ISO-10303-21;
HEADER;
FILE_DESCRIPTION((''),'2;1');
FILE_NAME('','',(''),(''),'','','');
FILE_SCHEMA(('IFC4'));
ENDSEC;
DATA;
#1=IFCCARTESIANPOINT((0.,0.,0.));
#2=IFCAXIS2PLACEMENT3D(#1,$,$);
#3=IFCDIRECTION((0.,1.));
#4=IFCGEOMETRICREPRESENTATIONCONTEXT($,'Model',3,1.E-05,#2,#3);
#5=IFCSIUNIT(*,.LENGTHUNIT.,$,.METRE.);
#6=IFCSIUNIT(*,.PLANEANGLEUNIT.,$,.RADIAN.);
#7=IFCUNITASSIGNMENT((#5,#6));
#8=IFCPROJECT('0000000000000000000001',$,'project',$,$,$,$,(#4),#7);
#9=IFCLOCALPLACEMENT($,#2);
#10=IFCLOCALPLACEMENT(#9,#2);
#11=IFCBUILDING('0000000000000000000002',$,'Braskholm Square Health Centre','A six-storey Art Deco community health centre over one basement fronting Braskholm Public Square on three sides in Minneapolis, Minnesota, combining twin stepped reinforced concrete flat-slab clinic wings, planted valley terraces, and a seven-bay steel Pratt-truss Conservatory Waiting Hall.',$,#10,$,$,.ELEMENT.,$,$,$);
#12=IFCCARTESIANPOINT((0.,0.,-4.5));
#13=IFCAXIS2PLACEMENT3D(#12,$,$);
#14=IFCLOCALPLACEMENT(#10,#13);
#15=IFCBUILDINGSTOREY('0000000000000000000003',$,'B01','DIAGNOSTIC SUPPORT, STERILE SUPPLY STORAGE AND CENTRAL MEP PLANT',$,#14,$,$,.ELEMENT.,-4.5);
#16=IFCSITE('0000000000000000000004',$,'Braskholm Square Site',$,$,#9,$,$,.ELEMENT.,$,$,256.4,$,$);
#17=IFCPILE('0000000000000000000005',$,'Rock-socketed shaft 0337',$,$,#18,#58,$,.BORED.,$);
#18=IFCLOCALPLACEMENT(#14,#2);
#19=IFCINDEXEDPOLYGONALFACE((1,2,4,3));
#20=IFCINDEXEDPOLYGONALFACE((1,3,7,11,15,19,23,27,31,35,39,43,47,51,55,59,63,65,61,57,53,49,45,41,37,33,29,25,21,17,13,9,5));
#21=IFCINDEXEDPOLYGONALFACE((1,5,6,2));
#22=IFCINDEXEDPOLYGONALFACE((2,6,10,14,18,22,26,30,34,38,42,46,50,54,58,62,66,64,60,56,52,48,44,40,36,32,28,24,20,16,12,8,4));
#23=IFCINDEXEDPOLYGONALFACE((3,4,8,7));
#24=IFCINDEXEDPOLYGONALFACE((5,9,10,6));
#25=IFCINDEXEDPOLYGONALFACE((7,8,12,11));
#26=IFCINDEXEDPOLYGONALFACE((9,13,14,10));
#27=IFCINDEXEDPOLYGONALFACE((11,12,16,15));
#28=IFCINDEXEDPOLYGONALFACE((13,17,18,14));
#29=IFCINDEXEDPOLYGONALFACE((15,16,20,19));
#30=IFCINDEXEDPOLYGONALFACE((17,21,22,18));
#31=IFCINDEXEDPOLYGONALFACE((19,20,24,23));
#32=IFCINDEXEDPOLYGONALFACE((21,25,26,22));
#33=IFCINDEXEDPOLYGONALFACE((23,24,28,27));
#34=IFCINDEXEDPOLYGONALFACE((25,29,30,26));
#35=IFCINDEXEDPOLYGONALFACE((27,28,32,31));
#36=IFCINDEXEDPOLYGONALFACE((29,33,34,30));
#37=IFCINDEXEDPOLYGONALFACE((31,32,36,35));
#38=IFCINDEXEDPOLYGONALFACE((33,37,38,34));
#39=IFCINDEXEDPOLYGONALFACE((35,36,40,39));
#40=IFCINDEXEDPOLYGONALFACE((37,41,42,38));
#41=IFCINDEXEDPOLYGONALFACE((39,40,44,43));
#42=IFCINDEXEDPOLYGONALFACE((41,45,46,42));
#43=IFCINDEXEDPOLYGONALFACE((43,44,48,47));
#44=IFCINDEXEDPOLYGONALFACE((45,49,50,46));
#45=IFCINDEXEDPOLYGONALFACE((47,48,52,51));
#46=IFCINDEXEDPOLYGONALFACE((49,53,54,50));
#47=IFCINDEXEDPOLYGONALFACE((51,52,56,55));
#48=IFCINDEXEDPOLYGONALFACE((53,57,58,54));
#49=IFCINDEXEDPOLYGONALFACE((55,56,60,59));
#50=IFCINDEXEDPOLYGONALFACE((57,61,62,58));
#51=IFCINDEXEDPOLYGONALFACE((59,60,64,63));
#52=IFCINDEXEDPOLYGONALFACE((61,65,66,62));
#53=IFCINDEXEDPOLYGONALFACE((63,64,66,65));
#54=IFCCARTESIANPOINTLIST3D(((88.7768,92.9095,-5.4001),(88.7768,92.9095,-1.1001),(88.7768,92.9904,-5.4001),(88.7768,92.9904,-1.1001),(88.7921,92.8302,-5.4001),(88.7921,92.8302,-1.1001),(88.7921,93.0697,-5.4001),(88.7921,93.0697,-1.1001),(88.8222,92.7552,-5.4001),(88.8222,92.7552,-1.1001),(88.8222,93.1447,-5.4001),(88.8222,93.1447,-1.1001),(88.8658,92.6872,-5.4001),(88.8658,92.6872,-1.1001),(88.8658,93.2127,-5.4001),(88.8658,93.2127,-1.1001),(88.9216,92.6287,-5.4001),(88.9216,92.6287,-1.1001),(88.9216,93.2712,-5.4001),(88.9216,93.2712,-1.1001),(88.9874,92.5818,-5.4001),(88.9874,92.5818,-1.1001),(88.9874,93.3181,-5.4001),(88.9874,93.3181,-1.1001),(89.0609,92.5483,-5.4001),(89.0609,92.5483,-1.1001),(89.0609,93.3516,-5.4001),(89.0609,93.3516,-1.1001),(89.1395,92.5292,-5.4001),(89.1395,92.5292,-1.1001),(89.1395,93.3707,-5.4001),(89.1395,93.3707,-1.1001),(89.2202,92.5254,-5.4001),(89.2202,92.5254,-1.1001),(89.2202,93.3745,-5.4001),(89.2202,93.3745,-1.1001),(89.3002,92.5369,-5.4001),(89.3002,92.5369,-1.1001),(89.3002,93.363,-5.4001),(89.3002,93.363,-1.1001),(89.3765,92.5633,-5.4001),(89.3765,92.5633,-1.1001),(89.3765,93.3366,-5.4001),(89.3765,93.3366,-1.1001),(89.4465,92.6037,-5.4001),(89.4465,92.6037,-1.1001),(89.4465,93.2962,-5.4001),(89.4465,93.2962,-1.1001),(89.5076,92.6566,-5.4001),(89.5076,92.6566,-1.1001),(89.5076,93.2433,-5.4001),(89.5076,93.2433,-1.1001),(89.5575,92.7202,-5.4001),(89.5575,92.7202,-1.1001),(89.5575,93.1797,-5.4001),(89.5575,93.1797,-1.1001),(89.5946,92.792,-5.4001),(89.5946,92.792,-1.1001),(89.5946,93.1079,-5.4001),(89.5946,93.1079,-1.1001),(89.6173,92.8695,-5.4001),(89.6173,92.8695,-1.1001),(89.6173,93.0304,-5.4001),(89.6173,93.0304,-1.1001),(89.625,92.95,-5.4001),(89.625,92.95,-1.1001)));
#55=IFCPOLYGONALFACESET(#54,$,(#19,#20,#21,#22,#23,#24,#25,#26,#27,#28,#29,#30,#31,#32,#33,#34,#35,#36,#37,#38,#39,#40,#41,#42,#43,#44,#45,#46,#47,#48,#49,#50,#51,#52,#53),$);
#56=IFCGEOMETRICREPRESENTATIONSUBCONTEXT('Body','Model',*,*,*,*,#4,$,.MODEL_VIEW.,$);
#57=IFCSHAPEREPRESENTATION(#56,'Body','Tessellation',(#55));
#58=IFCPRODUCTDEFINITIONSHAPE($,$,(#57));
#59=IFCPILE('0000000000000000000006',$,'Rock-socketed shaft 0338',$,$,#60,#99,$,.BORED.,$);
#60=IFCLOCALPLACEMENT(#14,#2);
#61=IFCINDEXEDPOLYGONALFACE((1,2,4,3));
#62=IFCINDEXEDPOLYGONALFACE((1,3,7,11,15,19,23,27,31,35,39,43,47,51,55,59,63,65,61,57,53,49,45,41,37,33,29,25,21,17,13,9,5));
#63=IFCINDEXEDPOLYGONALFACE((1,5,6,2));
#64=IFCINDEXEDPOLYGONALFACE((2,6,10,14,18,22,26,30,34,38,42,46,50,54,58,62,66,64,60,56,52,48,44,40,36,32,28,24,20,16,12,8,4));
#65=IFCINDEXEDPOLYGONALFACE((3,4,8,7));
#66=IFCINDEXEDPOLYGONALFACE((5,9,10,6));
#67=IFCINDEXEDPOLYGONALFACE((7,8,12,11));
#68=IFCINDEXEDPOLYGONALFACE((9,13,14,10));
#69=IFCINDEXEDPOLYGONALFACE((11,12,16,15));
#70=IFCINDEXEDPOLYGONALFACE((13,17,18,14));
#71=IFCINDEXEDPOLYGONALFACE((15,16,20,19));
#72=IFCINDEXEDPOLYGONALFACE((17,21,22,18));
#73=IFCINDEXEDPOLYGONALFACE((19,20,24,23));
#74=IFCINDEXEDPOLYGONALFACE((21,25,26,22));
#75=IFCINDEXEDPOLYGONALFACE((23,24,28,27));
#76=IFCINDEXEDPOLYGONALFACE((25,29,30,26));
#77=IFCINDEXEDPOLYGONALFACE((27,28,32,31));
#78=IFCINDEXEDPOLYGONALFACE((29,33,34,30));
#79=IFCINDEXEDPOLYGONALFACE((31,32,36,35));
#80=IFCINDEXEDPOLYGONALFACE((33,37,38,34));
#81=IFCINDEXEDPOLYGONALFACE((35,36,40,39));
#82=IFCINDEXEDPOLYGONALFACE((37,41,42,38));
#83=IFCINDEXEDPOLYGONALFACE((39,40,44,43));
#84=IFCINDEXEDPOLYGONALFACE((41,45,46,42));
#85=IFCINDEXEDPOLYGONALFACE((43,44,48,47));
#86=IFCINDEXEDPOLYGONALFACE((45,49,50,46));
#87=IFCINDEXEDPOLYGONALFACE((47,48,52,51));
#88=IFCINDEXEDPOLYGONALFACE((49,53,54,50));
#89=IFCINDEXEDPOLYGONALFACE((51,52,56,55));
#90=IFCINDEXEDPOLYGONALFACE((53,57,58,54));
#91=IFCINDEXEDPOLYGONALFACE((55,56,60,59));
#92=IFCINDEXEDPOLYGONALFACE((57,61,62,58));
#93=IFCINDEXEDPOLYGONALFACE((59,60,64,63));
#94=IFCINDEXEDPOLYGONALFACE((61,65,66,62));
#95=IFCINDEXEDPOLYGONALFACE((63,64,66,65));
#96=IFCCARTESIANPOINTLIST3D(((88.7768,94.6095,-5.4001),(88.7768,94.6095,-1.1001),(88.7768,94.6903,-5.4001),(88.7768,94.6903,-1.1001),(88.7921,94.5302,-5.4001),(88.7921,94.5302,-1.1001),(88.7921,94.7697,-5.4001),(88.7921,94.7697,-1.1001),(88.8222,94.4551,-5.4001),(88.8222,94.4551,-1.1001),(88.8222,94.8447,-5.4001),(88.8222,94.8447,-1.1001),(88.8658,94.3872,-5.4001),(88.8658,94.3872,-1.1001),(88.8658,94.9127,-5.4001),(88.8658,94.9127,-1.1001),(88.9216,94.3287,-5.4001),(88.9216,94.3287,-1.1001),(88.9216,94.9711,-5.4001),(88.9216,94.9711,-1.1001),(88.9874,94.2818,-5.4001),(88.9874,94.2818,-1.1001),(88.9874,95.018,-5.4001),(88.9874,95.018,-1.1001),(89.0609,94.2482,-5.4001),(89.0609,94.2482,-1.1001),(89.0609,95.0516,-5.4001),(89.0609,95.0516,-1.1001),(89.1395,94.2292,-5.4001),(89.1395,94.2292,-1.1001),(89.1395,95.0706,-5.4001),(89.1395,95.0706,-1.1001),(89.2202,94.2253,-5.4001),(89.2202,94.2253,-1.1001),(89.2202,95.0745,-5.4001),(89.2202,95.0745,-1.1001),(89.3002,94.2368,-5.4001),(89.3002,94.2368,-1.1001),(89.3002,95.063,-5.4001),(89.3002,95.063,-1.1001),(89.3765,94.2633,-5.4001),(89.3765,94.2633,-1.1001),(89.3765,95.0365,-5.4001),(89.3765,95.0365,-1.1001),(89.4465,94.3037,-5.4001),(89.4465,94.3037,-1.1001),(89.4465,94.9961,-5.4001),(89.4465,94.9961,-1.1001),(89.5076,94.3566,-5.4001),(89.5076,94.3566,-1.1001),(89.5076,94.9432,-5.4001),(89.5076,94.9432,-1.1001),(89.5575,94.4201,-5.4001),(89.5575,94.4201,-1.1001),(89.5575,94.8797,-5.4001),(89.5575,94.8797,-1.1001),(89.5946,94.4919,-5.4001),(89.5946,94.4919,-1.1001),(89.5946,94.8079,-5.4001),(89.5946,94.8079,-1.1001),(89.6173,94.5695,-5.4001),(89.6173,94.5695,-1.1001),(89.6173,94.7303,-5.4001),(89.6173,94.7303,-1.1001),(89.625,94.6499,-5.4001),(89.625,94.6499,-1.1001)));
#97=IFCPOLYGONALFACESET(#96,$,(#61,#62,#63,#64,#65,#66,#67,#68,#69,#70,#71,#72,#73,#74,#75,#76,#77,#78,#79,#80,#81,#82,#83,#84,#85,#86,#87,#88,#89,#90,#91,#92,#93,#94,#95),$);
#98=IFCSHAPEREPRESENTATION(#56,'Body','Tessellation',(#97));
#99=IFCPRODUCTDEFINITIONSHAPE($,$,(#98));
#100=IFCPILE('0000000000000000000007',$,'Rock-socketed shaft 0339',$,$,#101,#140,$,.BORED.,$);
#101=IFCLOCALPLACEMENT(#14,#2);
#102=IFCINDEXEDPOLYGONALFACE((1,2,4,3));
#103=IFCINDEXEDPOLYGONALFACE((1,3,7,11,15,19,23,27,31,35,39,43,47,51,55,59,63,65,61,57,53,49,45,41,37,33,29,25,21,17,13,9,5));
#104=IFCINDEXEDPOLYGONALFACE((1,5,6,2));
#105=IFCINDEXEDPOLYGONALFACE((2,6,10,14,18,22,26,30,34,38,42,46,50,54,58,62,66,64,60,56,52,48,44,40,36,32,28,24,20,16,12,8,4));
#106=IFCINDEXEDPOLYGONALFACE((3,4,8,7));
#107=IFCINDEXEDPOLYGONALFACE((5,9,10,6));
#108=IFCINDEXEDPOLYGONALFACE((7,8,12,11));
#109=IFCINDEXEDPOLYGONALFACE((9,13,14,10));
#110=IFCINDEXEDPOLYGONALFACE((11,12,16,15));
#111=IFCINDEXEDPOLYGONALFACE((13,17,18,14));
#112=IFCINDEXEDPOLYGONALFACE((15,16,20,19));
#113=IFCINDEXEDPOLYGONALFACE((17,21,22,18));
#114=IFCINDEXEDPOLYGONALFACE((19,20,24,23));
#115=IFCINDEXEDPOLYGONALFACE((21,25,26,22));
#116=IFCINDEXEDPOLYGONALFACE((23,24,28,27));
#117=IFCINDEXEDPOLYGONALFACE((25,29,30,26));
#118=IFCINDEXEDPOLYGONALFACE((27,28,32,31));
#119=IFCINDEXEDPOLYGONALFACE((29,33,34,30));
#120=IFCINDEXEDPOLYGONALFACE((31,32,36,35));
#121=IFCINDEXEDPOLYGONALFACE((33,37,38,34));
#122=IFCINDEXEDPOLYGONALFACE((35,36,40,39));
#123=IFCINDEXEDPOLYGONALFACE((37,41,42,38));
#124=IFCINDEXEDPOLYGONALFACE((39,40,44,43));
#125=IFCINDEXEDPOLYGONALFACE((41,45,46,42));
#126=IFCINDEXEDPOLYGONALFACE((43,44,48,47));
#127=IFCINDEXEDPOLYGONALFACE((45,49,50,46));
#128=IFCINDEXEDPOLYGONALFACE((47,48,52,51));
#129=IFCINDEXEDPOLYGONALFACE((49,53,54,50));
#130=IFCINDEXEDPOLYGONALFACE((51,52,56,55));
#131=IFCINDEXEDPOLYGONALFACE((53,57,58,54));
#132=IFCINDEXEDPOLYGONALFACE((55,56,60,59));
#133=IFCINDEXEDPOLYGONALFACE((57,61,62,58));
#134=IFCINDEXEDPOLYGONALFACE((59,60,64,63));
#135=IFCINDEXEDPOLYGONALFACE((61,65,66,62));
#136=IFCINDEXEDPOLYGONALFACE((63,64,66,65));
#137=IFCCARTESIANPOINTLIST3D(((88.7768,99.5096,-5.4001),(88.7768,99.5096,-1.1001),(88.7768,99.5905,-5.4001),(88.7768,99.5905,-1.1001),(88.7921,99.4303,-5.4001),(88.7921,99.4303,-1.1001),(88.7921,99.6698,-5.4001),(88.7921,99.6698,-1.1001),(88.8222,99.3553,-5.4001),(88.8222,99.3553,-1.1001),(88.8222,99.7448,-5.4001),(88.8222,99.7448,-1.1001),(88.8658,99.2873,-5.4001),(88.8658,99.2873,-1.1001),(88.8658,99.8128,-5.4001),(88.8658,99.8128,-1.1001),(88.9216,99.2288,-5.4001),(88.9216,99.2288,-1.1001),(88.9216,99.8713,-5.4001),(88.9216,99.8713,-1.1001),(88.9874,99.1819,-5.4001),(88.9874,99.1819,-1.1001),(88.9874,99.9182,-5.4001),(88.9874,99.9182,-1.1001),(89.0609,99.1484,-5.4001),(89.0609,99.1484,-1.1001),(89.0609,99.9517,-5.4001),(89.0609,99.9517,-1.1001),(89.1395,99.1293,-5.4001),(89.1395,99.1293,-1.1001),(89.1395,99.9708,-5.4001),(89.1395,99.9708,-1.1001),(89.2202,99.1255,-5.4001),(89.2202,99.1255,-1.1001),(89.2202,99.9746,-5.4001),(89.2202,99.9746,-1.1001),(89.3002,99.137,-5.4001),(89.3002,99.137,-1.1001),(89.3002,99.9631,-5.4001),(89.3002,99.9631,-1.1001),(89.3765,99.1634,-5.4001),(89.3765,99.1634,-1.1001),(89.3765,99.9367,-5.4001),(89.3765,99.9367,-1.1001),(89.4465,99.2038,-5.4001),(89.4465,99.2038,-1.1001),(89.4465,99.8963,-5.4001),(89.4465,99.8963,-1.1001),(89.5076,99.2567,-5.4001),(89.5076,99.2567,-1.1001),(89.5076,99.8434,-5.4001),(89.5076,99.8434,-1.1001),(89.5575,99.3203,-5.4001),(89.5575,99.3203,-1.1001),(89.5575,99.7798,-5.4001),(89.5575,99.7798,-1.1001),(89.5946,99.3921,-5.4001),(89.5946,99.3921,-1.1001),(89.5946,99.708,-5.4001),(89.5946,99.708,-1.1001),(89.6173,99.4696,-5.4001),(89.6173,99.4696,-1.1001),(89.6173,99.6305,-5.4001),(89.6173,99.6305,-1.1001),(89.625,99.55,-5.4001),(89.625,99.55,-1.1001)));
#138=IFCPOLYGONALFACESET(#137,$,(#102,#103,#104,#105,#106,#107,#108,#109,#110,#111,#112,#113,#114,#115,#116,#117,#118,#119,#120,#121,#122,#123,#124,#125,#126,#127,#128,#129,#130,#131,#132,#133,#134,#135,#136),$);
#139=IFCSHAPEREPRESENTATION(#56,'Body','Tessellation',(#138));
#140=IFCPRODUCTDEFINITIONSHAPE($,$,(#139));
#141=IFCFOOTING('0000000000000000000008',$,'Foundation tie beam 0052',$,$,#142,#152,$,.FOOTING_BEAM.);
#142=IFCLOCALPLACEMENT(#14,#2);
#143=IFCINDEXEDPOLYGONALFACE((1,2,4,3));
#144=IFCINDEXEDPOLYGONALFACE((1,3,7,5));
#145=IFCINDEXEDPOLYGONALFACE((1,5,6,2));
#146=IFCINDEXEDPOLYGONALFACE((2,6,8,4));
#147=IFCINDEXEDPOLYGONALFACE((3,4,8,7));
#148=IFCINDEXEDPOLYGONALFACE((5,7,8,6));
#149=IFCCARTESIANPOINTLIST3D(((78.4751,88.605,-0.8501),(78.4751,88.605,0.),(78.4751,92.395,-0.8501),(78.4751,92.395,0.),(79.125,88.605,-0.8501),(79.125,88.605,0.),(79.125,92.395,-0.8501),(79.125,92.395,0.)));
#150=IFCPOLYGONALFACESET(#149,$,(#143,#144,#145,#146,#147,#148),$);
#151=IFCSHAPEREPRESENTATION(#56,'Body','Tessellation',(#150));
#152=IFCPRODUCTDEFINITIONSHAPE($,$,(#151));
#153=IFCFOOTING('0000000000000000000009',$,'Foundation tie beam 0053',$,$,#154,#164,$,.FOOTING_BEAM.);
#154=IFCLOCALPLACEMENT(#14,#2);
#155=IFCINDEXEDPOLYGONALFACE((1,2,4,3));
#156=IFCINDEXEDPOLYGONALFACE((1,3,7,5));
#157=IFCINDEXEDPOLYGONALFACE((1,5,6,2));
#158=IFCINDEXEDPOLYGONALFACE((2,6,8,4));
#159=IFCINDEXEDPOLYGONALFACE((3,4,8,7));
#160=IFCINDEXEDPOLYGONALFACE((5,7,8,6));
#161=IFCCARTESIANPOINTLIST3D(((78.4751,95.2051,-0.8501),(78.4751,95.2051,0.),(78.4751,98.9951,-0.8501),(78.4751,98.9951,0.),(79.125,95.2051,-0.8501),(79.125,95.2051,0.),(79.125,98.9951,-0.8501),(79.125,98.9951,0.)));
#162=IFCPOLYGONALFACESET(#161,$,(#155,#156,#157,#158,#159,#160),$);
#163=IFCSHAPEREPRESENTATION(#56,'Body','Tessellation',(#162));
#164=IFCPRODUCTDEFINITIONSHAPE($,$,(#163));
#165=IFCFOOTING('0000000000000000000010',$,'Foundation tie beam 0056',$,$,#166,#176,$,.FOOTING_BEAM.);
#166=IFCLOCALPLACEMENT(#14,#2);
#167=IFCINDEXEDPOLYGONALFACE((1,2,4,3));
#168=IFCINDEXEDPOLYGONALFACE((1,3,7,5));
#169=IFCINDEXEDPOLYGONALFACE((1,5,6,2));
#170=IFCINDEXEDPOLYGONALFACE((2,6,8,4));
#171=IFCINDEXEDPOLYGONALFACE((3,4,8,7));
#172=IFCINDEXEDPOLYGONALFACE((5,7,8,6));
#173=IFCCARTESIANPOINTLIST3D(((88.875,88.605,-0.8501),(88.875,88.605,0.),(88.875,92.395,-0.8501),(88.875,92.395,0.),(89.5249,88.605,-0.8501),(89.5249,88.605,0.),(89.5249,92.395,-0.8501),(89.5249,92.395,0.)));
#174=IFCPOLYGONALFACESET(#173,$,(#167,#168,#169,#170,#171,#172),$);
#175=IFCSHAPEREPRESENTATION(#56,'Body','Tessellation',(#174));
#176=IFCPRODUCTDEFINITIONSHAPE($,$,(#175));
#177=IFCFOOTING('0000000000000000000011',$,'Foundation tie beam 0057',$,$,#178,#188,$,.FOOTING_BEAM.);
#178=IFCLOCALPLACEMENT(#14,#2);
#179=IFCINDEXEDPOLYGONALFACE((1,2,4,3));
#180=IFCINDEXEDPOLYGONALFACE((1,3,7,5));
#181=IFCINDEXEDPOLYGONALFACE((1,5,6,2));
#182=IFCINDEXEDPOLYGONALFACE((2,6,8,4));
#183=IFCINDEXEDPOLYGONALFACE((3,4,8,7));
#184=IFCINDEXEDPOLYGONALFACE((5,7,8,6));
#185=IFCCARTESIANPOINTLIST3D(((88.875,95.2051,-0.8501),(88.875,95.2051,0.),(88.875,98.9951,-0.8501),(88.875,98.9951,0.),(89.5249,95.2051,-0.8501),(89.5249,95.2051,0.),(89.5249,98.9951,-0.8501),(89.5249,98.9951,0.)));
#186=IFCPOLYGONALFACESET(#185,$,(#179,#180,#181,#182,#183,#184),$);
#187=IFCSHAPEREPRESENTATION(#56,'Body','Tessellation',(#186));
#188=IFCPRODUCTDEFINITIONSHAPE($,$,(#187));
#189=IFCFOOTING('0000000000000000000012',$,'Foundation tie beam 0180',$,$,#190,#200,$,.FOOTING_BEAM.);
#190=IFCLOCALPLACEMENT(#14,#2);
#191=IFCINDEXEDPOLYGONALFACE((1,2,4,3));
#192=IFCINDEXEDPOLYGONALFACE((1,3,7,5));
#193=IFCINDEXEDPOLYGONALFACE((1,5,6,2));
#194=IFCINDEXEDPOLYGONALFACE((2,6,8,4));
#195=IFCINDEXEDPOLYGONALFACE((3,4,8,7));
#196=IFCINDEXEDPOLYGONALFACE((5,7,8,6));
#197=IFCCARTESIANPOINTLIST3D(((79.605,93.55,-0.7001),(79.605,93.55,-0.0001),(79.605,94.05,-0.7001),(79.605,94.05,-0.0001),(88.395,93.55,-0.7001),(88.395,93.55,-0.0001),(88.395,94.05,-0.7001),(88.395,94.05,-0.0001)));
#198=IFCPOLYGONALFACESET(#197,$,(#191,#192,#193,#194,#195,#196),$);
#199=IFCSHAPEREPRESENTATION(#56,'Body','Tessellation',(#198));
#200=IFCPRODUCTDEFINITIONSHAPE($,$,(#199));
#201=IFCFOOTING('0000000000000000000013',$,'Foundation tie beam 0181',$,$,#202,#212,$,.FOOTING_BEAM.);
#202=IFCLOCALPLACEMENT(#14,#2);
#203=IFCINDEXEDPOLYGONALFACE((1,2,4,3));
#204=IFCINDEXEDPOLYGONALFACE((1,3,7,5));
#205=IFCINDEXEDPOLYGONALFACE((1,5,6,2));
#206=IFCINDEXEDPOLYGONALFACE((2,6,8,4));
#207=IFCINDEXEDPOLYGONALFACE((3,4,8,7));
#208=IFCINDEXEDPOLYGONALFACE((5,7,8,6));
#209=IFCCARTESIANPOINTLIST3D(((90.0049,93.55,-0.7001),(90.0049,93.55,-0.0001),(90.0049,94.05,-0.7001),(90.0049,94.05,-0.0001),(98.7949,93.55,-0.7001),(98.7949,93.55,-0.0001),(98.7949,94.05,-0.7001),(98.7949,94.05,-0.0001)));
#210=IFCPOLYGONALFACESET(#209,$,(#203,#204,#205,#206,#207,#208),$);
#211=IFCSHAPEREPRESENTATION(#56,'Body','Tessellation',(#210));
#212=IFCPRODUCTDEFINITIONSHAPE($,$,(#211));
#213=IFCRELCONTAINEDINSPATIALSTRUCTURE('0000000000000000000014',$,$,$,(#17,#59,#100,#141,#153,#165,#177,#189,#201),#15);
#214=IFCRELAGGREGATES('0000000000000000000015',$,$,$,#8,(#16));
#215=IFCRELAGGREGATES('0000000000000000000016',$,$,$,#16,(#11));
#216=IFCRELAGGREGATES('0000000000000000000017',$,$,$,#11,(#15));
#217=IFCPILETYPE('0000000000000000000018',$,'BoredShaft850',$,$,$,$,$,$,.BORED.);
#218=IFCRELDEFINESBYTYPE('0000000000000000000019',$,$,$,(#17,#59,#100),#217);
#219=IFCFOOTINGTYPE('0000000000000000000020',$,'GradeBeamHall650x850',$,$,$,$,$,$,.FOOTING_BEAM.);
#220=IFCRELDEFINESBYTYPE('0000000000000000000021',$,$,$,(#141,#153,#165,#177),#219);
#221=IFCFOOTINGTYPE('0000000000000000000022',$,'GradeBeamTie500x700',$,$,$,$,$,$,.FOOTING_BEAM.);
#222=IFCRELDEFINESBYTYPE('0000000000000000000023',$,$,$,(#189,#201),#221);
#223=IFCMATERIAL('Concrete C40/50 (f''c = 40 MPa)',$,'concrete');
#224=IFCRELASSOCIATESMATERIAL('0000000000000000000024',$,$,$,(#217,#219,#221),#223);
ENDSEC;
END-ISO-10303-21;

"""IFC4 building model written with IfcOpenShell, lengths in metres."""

from ifc_helpers import new_model, si_unit, direction, frame, origin, origin_2d, place, context, subcontext, project, spatial, rectangle, circle, extrude, material, material_profile, profile_set, type_object, element, save


model = new_model("IFC4")

# Units and contexts
model_context = context("Model", 3, precision=1e-05, world=origin(), true_north=direction((0.0, 1.0)))
body_context = subcontext(model_context, "Body", "Model", "MODEL_VIEW")
ifc_project = project(units=[si_unit("LENGTHUNIT", "METRE"), si_unit("PLANEANGLEUNIT", "RADIAN")], contexts=[model_context])

# Site, building, storey
site_placement = place(None, origin())
site = spatial("IfcSite", under=ifc_project, at=site_placement, Name="Braskholm Square Site", CompositionType="ELEMENT", RefElevation=256.4)
building_placement = place(site_placement, origin())
building = spatial("IfcBuilding", under=site, at=building_placement, Name="Braskholm Square Health Centre", Description="A six-storey Art Deco community health centre over one basement fronting Braskholm Public Square on three sides in Minneapolis, Minnesota, combining twin stepped reinforced concrete flat-slab clinic wings, planted valley terraces, and a seven-bay steel Pratt-truss Conservatory Waiting Hall.", CompositionType="ELEMENT")
storey_placement = place(building_placement, frame((0.0, 0.0, -4.5)))
storey = spatial("IfcBuildingStorey", under=building, at=storey_placement, Name="B01", Description="DIAGNOSTIC SUPPORT, STERILE SUPPLY STORAGE AND CENTRAL MEP PLANT", CompositionType="ELEMENT", Elevation=-4.5)

# Piles
ifc_material_1 = material(Name="Concrete C40/50 (f'c = 40 MPa)", Category="concrete")
ifc_material_profile_1 = material_profile(ifc_material_1, circle(Radius=0.425, at=origin_2d()), Name="BORED-PILE-850")
ifc_profile_set_1 = profile_set([ifc_material_profile_1], Name="Concrete C40/50 (f'c = 40 MPa)")
pile_type_1 = type_object("IfcPileType", Name="BoredShaft850", PredefinedType="BORED", material=ifc_profile_set_1)
for number, where, z_axis, x_axis, name in (
    (1, (89.2, 92.95, -1.1001), (0.0, 0.0, -1.0), (1.0, 0.0, 0.0), "Rock-socketed shaft 0337"),
    (2, (89.2, 94.6499, -1.1001), (0.0, 0.0, -1.0), (1.0, 0.0, 0.0), "Rock-socketed shaft 0338"),
    (3, (89.2, 99.55, -1.1001), (0.0, 0.0, -1.0), (1.0, 0.0, 0.0), "Rock-socketed shaft 0339"),
):
    element("IfcPile", number, at=place(storey_placement, frame(where, z_axis=z_axis, x_axis=x_axis)), inside=storey, type_object=pile_type_1, Name=name, PredefinedType="BORED", context=body_context, shape_type="SweptSolid", body=[
        extrude(circle(Radius=0.425, at=origin_2d()), origin(), (0.0, 0.0, 1.0), 4.3),
    ])

# Footings
ifc_material_profile_2 = material_profile(ifc_material_1, rectangle(XDim=0.6499, YDim=0.8501, at=origin_2d()), Name="FTG-650X850")
ifc_profile_set_2 = profile_set([ifc_material_profile_2], Name="Concrete C40/50 (f'c = 40 MPa)")
footing_type_1 = type_object("IfcFootingType", Name="GradeBeamHall650x850", PredefinedType="FOOTING_BEAM", material=ifc_profile_set_2)
for number, where, z_axis, x_axis, name in (
    (4, (78.8, 88.605, -0.425), (0.0, 1.0, 0.0), (-1.0, 0.0, 0.0), "Foundation tie beam 0052"),
    (5, (78.8, 95.2051, -0.425), (0.0, 1.0, 0.0), (-1.0, 0.0, 0.0), "Foundation tie beam 0053"),
    (6, (89.2, 88.605, -0.425), (0.0, 1.0, 0.0), (-1.0, 0.0, 0.0), "Foundation tie beam 0056"),
    (7, (89.2, 95.2051, -0.425), (0.0, 1.0, 0.0), (-1.0, 0.0, 0.0), "Foundation tie beam 0057"),
):
    element("IfcFooting", number, at=place(storey_placement, frame(where, z_axis=z_axis, x_axis=x_axis)), inside=storey, type_object=footing_type_1, Name=name, PredefinedType="FOOTING_BEAM", context=body_context, shape_type="SweptSolid", body=[
        extrude(rectangle(XDim=0.6499, YDim=0.8501, at=origin_2d()), origin(), (0.0, 0.0, 1.0), 3.79),
    ])
ifc_material_profile_3 = material_profile(ifc_material_1, rectangle(XDim=0.5, YDim=0.7, at=origin_2d()), Name="FTG-500X700")
ifc_profile_set_3 = profile_set([ifc_material_profile_3], Name="Concrete C40/50 (f'c = 40 MPa)")
footing_type_2 = type_object("IfcFootingType", Name="GradeBeamTie500x700", PredefinedType="FOOTING_BEAM", material=ifc_profile_set_3)
for number, where, z_axis, x_axis, name in (
    (8, (79.605, 93.8, -0.3501), (1.0, 0.0, 0.0), (0.0, 1.0, 0.0), "Foundation tie beam 0180"),
    (9, (90.0049, 93.8, -0.3501), (1.0, 0.0, 0.0), (0.0, 1.0, 0.0), "Foundation tie beam 0181"),
):
    element("IfcFooting", number, at=place(storey_placement, frame(where, z_axis=z_axis, x_axis=x_axis)), inside=storey, type_object=footing_type_2, Name=name, PredefinedType="FOOTING_BEAM", context=body_context, shape_type="SweptSolid", body=[
        extrude(rectangle(XDim=0.5, YDim=0.7, at=origin_2d()), origin(), (0.0, 0.0, 1.0), 8.79),
    ])

save(model, "model.ifc")
